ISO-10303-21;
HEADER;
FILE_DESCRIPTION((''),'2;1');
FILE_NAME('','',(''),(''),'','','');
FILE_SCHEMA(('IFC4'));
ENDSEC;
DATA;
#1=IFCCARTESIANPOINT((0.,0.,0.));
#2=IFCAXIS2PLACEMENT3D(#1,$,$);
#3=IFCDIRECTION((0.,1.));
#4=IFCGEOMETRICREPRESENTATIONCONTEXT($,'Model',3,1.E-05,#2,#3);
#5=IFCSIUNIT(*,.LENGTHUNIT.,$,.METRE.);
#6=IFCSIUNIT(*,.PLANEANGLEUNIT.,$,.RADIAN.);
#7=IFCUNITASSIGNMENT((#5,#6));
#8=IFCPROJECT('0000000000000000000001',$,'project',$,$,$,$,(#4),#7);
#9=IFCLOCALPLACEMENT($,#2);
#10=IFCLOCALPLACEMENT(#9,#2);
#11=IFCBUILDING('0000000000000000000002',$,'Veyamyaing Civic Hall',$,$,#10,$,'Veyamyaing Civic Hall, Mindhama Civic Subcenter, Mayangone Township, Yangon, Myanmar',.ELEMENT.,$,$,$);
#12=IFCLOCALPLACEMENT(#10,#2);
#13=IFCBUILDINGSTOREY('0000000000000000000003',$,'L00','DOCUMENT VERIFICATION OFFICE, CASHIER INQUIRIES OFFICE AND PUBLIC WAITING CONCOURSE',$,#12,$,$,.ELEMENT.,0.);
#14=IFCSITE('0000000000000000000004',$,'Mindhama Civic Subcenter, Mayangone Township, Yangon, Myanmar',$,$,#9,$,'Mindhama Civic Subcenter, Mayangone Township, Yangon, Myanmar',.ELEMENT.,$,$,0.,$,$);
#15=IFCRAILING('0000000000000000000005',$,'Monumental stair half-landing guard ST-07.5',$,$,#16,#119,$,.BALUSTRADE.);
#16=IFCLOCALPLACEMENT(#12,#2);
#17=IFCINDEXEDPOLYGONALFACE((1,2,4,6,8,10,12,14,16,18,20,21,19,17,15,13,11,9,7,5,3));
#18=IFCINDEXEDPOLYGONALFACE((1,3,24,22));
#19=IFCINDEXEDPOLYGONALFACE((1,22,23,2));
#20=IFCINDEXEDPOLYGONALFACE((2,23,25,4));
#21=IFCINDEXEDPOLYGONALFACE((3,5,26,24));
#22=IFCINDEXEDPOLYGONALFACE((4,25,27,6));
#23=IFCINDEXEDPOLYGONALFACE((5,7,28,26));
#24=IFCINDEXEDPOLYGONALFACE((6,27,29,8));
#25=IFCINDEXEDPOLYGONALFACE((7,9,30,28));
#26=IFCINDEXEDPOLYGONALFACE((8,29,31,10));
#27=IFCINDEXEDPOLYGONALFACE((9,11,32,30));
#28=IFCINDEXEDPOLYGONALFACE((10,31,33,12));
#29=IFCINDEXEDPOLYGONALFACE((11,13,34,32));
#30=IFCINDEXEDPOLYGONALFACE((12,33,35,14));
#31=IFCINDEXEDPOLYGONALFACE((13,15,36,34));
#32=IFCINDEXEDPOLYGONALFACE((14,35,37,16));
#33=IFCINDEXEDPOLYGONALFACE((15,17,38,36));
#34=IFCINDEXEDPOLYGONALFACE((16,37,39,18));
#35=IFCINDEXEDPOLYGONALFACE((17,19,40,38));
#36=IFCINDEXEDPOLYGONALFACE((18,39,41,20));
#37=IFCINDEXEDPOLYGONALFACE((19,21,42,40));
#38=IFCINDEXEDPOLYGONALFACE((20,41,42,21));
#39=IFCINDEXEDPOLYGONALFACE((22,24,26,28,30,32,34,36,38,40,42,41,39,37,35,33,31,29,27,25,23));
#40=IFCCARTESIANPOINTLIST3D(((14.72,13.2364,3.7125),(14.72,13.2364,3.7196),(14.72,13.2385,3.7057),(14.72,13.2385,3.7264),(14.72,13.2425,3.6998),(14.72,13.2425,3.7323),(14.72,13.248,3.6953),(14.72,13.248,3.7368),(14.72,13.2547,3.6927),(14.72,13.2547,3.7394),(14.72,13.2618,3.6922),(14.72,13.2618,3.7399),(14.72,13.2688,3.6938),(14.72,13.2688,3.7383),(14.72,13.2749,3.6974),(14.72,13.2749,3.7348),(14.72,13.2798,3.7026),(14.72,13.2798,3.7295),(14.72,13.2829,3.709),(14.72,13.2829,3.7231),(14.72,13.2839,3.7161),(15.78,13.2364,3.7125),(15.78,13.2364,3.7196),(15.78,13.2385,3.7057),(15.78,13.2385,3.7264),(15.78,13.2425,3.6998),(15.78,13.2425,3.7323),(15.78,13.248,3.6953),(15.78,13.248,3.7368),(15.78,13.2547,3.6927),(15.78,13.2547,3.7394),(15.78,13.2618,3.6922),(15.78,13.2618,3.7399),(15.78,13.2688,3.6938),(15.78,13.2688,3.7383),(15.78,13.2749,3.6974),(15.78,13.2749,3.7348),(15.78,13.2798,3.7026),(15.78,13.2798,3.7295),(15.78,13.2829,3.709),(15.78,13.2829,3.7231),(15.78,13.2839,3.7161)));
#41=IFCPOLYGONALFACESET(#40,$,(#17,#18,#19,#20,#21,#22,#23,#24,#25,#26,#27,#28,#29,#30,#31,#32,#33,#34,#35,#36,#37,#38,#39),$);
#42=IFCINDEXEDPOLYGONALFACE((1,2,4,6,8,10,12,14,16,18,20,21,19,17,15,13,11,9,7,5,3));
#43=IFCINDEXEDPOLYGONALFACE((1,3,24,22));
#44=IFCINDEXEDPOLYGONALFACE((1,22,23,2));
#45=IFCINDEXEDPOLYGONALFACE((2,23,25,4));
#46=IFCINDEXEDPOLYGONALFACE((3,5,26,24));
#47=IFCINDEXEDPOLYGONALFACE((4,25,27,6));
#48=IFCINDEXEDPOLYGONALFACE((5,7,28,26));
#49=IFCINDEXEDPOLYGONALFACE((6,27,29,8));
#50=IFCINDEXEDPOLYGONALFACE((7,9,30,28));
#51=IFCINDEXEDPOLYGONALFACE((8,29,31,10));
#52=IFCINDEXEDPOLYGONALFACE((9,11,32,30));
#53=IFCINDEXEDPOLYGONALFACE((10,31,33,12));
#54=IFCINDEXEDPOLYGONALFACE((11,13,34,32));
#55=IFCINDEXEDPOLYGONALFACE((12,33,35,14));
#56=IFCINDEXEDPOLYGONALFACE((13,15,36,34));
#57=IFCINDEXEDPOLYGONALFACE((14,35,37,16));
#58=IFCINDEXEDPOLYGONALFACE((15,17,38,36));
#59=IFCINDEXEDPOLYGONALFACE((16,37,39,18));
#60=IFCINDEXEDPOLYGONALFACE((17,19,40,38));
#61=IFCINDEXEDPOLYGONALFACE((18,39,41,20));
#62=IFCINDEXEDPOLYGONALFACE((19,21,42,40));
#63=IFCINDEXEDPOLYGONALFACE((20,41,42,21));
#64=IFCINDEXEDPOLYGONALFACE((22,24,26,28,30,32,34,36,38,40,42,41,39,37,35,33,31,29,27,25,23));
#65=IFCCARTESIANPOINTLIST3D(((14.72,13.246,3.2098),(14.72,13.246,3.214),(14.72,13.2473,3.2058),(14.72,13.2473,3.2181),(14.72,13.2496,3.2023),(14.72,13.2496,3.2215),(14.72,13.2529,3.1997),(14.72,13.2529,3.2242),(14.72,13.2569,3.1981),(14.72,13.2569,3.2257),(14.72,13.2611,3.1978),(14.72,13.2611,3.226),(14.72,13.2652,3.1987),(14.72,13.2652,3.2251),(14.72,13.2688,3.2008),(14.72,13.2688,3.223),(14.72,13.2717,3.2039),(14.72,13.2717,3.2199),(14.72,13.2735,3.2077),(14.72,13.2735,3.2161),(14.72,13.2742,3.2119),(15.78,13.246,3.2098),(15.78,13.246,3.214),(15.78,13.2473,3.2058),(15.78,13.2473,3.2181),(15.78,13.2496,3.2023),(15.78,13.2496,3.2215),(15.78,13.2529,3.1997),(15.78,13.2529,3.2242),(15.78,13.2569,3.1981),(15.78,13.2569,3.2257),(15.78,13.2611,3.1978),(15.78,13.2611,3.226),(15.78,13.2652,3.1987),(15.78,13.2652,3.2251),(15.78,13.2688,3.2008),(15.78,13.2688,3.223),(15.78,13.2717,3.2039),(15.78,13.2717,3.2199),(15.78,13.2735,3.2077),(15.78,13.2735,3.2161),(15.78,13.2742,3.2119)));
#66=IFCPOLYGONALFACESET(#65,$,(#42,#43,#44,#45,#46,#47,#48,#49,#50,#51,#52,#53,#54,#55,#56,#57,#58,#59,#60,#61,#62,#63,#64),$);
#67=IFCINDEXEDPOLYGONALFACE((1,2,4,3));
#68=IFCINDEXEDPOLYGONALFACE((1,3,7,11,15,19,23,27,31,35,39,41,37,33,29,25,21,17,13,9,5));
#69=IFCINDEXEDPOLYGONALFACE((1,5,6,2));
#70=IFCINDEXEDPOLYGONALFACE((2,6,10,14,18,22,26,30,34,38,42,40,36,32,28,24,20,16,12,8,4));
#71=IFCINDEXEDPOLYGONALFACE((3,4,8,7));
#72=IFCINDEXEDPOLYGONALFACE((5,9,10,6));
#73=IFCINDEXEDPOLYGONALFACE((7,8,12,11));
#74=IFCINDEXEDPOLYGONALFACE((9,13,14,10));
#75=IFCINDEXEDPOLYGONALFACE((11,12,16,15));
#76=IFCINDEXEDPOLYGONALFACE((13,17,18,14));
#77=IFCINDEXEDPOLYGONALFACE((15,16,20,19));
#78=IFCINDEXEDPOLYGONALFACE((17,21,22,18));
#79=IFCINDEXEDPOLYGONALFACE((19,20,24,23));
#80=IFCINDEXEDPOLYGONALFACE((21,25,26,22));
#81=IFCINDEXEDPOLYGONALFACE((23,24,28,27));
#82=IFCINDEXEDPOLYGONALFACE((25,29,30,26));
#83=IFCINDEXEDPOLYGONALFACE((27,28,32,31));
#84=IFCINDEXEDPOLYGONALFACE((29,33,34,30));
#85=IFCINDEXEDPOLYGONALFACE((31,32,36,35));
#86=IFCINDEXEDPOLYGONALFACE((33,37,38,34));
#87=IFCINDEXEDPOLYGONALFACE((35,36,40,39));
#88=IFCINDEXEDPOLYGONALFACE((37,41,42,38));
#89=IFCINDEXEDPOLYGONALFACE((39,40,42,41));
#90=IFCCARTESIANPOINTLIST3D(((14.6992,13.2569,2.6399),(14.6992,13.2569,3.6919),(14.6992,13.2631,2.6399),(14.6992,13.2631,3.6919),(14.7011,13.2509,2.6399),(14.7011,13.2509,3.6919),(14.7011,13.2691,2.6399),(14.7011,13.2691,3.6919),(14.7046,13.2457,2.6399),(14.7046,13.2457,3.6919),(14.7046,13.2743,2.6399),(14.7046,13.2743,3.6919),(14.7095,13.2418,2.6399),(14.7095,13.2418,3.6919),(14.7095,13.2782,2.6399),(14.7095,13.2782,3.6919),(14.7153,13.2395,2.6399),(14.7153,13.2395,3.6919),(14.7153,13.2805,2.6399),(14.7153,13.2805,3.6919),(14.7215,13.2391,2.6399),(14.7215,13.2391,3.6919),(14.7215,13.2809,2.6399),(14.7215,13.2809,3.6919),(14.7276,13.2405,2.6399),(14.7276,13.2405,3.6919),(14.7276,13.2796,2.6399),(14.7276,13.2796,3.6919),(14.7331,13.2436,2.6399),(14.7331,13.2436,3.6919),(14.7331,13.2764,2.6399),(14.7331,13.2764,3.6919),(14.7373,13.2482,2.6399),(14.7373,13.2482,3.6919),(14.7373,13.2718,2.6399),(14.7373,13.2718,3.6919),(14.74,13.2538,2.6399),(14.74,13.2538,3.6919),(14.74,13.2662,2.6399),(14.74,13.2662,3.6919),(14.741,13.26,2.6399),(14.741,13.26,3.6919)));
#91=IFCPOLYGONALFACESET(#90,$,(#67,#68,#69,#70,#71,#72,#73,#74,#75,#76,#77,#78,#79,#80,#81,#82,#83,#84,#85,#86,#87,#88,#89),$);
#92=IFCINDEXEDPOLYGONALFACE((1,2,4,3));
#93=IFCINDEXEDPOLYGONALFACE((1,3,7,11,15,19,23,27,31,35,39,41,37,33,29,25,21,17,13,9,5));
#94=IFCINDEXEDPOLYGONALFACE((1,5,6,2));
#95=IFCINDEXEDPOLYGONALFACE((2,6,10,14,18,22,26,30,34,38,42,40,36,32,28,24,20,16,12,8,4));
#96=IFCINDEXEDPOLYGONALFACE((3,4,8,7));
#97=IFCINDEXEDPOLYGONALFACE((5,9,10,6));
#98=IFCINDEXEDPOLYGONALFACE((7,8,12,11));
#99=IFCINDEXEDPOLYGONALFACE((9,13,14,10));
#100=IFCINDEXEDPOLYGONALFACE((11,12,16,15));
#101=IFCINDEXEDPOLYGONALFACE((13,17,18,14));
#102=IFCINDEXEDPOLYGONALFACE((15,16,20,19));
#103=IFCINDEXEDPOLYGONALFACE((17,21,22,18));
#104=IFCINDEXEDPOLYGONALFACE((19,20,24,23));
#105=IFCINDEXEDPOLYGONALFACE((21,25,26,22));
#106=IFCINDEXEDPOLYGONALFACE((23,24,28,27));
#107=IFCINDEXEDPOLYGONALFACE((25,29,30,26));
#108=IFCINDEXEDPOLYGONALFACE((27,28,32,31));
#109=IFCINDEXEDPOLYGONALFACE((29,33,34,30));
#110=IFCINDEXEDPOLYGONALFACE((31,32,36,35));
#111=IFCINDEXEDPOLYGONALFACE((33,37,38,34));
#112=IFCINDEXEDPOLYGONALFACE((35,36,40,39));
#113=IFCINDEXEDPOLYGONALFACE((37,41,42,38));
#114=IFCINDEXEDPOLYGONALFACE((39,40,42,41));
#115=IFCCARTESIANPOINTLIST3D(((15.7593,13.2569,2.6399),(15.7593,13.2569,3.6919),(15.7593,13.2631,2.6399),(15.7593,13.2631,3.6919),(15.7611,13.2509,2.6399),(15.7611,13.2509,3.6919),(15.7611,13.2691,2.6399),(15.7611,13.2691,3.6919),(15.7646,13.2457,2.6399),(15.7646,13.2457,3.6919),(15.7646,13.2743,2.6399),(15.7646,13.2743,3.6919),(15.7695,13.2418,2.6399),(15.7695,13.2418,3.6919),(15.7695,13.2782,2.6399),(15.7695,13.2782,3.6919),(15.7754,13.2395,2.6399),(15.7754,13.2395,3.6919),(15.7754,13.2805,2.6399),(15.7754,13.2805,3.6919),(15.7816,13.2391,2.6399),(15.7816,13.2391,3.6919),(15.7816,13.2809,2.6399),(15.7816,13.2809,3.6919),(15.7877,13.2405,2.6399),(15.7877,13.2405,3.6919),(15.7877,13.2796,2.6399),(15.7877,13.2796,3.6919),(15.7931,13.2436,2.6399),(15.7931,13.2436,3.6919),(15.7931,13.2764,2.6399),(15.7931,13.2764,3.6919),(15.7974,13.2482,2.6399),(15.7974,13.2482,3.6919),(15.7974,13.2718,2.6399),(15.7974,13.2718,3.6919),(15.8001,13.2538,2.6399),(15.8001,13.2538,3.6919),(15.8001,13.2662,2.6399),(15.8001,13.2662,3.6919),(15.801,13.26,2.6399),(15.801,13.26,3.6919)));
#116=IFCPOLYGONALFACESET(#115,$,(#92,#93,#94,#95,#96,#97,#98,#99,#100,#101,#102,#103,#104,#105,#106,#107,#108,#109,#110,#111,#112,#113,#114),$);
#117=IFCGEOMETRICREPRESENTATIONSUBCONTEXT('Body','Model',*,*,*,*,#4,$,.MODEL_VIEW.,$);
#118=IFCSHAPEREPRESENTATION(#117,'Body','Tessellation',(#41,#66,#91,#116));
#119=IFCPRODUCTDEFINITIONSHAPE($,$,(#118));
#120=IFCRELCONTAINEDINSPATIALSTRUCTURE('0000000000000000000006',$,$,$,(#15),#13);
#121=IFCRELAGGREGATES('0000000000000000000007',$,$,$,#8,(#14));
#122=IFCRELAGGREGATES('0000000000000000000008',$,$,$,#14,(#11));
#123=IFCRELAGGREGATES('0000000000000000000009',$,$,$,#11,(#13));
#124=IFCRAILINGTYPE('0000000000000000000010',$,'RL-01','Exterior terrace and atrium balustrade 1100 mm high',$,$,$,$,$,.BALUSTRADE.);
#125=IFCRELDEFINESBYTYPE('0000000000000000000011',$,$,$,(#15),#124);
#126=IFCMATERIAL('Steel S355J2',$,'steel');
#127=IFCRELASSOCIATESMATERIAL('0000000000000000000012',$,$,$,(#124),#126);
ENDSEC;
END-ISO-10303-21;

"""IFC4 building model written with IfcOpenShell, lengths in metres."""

from ifc_helpers import new_model, si_unit, direction, frame, origin, origin_2d, place, context, subcontext, project, spatial, circle, extrude, material, type_object, element, save


model = new_model("IFC4")

# Units and contexts
model_context = context("Model", 3, precision=1e-05, world=origin(), true_north=direction((0.0, 1.0)))
body_context = subcontext(model_context, "Body", "Model", "MODEL_VIEW")
ifc_project = project(units=[si_unit("LENGTHUNIT", "METRE"), si_unit("PLANEANGLEUNIT", "RADIAN")], contexts=[model_context])

# Site, building, storey
site_placement = place(None, origin())
site = spatial("IfcSite", under=ifc_project, at=site_placement, Name="Mindhama Civic Subcenter, Mayangone Township, Yangon, Myanmar", LongName="Mindhama Civic Subcenter, Mayangone Township, Yangon, Myanmar", CompositionType="ELEMENT", RefElevation=0.0)
building_placement = place(site_placement, origin())
building = spatial("IfcBuilding", under=site, at=building_placement, Name="Veyamyaing Civic Hall", LongName="Veyamyaing Civic Hall, Mindhama Civic Subcenter, Mayangone Township, Yangon, Myanmar", CompositionType="ELEMENT")
storey_placement = place(building_placement, origin())
storey = spatial("IfcBuildingStorey", under=building, at=storey_placement, Name="L00", Description="DOCUMENT VERIFICATION OFFICE, CASHIER INQUIRIES OFFICE AND PUBLIC WAITING CONCOURSE", CompositionType="ELEMENT", Elevation=0.0)

# Railing
ifc_material_1 = material(Name="Steel S355J2", Category="steel")
railing_type_1 = type_object("IfcRailingType", Name="RL-01", Description="Exterior terrace and atrium balustrade 1100 mm high", PredefinedType="BALUSTRADE", material=ifc_material_1)
railing_1_placement = place(storey_placement, frame((14.72, 13.26, 2.6399)))
element("IfcRailing", 1, at=railing_1_placement, inside=storey, type_object=railing_type_1, Name="Monumental stair half-landing guard ST-07.5", PredefinedType="BALUSTRADE", context=body_context, shape_type="SweptSolid", body=[
    extrude(circle(Radius=0.0239, at=origin_2d()), frame((0.0, 0.0, 1.0762), z_axis=(1.0, 0.0, 0.0), x_axis=(0.0, 1.0, 0.0)), (0.0, 0.0, 1.0), 1.0601),
    extrude(circle(Radius=0.0142, at=origin_2d()), frame((0.0, 0.0, 0.572), z_axis=(1.0, 0.0, 0.0), x_axis=(0.0, 1.0, 0.0)), (0.0, 0.0, 1.0), 1.0601),
    extrude(circle(Radius=0.021, at=origin_2d()), origin(), (0.0, 0.0, 1.0), 1.052),
    extrude(circle(Radius=0.021, at=origin_2d()), frame((1.0601, 0.0, 0.0)), (0.0, 0.0, 1.0), 1.052),
])

save(model, "model.ifc")
